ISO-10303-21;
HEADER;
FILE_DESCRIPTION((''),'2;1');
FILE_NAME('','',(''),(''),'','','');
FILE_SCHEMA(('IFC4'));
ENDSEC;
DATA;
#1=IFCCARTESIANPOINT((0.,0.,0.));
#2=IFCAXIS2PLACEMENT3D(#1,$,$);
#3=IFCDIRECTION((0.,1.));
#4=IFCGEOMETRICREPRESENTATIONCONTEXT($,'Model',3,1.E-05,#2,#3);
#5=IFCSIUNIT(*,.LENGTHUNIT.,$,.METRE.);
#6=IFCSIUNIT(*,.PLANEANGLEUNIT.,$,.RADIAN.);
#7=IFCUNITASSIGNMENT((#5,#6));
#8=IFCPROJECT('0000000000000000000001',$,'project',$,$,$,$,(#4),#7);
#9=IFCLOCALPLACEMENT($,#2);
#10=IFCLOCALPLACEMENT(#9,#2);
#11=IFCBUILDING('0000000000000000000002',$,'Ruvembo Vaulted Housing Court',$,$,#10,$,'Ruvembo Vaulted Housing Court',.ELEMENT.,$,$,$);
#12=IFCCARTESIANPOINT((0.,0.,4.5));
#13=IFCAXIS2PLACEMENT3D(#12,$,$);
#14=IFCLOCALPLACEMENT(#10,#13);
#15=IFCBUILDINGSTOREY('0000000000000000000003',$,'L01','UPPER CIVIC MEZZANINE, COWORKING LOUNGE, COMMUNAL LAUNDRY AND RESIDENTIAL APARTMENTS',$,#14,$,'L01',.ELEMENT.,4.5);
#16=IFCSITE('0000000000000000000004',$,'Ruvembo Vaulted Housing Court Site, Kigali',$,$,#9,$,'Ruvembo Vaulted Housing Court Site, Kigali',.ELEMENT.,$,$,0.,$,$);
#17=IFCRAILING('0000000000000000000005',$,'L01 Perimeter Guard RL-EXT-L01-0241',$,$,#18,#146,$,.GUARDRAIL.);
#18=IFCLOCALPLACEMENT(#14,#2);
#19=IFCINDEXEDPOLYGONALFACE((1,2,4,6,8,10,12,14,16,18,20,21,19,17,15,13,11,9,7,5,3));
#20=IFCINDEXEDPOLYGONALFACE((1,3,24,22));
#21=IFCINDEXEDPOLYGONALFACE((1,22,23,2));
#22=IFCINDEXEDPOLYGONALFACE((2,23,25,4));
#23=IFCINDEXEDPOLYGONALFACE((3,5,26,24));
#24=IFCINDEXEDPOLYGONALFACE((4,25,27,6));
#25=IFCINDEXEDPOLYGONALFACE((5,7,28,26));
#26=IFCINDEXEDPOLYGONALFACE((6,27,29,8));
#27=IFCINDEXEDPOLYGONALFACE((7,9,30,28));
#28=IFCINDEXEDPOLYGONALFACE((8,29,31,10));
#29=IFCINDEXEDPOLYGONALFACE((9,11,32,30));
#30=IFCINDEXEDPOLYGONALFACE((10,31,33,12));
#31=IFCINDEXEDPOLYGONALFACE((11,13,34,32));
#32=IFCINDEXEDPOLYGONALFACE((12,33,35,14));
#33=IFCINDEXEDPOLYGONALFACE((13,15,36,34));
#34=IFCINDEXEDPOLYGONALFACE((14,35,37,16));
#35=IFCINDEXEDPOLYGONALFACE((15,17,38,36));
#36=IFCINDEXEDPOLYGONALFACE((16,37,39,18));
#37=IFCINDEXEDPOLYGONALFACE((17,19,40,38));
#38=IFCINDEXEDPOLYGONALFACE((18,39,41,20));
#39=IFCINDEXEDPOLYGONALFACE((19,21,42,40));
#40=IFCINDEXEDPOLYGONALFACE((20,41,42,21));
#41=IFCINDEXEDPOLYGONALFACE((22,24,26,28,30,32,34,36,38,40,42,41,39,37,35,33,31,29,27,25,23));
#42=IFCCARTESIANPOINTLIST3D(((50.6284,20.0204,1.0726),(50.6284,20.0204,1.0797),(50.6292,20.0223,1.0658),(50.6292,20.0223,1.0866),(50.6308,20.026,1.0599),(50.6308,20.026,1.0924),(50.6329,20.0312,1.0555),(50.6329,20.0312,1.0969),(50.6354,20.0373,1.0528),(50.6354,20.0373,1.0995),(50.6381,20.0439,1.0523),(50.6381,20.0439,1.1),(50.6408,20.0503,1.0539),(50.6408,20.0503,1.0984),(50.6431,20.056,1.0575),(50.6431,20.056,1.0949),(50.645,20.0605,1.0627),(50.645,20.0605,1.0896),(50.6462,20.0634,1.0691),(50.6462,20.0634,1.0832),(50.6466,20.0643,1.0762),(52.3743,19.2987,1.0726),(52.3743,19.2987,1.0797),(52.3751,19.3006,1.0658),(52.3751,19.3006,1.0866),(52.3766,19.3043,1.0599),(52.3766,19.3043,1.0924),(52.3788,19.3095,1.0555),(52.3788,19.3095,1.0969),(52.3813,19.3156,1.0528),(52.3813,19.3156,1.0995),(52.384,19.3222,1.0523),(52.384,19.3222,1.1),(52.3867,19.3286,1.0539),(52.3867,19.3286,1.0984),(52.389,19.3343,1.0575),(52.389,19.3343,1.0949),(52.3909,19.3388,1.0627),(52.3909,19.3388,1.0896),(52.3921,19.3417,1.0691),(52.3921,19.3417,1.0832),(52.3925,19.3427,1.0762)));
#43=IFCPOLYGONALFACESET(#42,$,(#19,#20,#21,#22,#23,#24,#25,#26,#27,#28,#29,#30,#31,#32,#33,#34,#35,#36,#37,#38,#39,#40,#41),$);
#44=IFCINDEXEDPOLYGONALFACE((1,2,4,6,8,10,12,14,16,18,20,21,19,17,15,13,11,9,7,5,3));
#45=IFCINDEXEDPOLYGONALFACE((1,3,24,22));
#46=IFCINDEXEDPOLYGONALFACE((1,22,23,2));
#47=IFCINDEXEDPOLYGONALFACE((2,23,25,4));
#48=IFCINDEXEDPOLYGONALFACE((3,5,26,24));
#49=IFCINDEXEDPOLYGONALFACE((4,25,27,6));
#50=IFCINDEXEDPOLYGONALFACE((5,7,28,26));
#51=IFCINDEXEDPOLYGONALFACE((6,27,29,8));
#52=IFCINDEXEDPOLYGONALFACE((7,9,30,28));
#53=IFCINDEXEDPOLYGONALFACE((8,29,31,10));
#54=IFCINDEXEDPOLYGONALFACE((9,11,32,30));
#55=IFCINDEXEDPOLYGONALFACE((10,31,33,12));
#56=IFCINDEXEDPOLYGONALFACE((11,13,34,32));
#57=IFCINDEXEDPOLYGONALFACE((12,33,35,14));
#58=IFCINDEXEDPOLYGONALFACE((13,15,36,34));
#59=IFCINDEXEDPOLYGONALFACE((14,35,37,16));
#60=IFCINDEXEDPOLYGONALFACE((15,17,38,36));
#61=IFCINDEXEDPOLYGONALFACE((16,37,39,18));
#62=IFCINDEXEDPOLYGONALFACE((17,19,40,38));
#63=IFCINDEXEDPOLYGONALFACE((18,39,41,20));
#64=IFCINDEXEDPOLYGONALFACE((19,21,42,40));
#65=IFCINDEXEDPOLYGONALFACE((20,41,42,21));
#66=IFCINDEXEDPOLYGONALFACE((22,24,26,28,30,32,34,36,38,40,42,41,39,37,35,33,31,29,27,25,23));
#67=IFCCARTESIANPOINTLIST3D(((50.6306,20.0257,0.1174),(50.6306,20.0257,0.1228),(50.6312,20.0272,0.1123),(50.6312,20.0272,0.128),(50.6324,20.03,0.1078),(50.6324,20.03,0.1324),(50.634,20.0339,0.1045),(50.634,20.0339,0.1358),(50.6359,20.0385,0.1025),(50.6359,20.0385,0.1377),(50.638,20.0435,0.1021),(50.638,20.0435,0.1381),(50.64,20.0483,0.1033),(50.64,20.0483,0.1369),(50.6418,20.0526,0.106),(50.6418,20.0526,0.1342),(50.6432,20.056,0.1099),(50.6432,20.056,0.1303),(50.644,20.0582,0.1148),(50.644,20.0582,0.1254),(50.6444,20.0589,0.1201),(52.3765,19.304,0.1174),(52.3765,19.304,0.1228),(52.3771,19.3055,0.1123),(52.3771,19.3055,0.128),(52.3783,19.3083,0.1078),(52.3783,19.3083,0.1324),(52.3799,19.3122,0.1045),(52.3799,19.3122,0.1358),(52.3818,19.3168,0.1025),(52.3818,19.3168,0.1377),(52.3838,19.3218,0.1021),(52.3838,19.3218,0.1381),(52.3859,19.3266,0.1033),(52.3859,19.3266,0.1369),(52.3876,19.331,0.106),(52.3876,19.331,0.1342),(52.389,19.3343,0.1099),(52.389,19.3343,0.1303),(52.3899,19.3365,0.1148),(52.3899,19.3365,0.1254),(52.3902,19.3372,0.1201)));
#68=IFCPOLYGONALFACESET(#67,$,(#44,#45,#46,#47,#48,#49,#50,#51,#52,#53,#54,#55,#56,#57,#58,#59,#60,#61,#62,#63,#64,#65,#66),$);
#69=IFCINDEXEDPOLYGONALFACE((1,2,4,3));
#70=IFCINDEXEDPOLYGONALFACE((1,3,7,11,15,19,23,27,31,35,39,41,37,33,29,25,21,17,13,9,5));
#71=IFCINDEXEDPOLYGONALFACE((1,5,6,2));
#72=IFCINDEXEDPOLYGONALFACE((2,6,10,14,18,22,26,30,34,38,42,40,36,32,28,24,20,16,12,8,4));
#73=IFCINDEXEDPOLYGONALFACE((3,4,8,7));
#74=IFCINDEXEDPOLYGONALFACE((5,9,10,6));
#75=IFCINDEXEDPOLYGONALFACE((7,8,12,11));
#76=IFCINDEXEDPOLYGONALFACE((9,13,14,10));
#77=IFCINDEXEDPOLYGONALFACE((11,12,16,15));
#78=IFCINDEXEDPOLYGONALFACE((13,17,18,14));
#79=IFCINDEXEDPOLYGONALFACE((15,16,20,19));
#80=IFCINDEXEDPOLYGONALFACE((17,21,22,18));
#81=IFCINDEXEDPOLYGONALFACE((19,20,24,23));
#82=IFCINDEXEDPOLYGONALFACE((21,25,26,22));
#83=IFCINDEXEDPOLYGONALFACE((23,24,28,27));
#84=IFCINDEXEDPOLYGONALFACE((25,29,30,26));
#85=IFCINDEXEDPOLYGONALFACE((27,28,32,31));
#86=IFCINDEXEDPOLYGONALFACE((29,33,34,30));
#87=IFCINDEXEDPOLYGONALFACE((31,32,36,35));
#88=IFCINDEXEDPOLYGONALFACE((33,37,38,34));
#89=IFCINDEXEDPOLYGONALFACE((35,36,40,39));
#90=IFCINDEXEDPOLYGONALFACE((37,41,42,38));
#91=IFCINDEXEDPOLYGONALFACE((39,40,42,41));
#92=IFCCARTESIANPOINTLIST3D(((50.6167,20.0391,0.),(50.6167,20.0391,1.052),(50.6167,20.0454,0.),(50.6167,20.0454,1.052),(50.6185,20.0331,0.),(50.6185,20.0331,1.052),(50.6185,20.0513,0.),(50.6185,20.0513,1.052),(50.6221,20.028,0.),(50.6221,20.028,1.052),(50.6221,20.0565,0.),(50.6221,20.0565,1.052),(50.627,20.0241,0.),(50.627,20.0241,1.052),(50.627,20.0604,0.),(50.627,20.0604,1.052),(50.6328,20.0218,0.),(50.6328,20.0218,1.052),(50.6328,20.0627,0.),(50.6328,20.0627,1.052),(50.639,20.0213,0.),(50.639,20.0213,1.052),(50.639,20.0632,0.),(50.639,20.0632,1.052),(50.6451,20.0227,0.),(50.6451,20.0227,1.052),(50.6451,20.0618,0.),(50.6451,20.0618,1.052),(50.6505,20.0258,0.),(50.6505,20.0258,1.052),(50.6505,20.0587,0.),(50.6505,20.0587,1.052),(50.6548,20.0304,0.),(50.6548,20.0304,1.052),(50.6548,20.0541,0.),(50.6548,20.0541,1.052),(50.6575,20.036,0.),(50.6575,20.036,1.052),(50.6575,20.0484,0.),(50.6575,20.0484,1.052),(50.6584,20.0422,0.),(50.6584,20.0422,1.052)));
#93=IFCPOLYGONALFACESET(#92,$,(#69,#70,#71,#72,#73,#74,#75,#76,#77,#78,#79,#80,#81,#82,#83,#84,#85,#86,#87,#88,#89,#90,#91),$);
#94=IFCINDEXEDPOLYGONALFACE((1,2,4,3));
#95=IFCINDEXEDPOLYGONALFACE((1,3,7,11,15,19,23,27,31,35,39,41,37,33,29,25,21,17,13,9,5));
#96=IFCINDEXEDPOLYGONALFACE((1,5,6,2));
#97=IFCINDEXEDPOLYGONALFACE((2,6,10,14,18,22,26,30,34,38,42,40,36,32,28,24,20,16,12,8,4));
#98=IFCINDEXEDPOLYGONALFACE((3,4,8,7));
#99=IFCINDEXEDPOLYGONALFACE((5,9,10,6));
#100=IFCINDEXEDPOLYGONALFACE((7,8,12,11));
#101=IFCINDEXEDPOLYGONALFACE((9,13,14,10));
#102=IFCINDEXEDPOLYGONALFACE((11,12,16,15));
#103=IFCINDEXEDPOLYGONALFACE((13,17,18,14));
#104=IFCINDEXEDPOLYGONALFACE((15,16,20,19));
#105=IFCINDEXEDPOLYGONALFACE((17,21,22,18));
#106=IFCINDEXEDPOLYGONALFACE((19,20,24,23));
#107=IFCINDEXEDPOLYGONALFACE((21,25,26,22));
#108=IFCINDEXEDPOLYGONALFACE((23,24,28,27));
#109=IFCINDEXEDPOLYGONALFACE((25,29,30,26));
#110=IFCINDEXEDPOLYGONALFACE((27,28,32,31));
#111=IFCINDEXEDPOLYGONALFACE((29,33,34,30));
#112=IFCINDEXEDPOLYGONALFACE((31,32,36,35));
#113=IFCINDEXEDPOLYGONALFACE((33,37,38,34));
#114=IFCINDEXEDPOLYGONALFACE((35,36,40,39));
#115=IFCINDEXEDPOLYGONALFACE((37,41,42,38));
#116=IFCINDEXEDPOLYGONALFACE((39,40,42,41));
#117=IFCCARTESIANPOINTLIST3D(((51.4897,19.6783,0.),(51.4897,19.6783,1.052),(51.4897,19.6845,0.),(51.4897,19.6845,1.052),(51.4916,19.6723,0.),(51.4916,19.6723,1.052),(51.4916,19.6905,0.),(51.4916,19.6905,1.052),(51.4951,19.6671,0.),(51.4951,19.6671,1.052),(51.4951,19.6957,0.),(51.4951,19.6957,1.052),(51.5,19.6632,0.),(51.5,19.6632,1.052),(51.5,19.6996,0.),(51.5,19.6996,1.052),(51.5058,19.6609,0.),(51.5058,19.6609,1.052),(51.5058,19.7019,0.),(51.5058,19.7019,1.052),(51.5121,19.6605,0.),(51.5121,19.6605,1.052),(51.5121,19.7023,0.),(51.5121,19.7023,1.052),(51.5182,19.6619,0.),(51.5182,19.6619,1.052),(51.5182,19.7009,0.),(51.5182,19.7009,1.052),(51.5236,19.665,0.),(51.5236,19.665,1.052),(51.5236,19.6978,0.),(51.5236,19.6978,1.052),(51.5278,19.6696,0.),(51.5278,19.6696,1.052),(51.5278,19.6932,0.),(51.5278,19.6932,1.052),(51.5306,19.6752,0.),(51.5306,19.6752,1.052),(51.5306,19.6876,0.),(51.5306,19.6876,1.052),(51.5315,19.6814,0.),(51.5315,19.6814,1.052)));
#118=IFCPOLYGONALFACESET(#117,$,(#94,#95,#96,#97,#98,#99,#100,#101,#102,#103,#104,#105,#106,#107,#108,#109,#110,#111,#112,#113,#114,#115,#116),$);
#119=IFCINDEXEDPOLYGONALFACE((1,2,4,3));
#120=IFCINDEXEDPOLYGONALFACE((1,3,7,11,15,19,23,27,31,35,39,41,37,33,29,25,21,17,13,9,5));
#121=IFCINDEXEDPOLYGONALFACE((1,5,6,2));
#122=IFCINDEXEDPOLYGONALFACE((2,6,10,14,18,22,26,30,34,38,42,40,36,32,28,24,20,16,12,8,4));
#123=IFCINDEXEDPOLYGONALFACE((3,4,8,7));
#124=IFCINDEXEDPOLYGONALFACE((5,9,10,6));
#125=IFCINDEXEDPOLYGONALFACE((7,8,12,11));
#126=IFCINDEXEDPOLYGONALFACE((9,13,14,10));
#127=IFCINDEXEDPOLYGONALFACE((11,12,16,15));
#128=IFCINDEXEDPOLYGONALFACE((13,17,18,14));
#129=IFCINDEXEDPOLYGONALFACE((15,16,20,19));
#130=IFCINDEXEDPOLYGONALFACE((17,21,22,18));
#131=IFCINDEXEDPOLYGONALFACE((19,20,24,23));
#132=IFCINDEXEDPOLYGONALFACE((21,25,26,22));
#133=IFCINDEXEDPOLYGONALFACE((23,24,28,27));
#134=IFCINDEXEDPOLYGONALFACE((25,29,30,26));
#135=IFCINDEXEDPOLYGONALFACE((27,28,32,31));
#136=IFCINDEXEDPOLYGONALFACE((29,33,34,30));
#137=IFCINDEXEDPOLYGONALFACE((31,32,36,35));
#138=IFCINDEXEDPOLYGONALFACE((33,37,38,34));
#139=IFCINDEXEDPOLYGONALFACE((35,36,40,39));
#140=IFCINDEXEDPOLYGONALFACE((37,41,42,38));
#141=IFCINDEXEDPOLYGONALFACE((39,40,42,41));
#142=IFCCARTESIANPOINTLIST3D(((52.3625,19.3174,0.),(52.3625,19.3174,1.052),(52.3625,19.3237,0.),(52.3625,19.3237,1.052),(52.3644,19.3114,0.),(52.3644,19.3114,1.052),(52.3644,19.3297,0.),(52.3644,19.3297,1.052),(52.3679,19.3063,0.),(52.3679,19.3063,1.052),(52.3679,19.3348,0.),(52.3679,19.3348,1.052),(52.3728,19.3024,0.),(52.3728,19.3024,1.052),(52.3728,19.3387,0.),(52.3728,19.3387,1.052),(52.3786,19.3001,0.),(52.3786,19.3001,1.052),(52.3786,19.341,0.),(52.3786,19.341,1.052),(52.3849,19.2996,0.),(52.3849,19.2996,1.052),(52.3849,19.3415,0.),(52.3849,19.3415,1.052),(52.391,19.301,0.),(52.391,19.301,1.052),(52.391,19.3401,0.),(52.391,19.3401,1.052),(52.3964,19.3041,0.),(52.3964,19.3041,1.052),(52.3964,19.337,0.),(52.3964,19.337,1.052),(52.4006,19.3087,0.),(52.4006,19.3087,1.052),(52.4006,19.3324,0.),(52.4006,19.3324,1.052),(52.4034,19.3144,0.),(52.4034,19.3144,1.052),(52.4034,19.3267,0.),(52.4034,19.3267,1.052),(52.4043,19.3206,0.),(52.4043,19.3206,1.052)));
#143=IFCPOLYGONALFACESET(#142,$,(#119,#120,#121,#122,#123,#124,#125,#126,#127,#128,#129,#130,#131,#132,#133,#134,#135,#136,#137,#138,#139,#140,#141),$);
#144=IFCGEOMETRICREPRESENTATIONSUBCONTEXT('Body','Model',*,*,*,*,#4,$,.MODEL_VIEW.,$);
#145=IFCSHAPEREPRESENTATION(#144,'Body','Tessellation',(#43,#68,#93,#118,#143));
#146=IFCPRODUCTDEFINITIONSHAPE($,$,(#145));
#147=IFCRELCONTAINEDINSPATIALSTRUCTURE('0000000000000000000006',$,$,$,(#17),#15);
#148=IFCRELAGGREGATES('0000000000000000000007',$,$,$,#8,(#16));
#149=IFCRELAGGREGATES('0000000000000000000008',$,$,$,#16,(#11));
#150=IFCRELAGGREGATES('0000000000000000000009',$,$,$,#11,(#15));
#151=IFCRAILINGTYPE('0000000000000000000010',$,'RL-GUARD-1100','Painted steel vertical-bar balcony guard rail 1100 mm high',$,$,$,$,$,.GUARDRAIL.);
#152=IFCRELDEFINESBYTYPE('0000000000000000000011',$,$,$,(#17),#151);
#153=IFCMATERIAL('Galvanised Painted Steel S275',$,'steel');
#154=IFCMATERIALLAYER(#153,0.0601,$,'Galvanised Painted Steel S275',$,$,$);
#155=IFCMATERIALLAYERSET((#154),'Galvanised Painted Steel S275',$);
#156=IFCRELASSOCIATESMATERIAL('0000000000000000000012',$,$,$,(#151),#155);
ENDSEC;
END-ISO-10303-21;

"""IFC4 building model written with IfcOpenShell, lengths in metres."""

from ifc_helpers import new_model, si_unit, direction, frame, origin, origin_2d, place, context, subcontext, project, spatial, circle, extrude, material, layer, layer_set, type_object, element, save


model = new_model("IFC4")

# Units and contexts
model_context = context("Model", 3, precision=1e-05, world=origin(), true_north=direction((0.0, 1.0)))
body_context = subcontext(model_context, "Body", "Model", "MODEL_VIEW")
ifc_project = project(units=[si_unit("LENGTHUNIT", "METRE"), si_unit("PLANEANGLEUNIT", "RADIAN")], contexts=[model_context])

# Site, building, storey
site_placement = place(None, origin())
site = spatial("IfcSite", under=ifc_project, at=site_placement, Name="Ruvembo Vaulted Housing Court Site, Kigali", LongName="Ruvembo Vaulted Housing Court Site, Kigali", CompositionType="ELEMENT", RefElevation=0.0)
building_placement = place(site_placement, origin())
building = spatial("IfcBuilding", under=site, at=building_placement, Name="Ruvembo Vaulted Housing Court", LongName="Ruvembo Vaulted Housing Court", CompositionType="ELEMENT")
storey_placement = place(building_placement, frame((0.0, 0.0, 4.5)))
storey = spatial("IfcBuildingStorey", under=building, at=storey_placement, Name="L01", Description="UPPER CIVIC MEZZANINE, COWORKING LOUNGE, COMMUNAL LAUNDRY AND RESIDENTIAL APARTMENTS", LongName="L01", CompositionType="ELEMENT", Elevation=4.5)

# Railing
ifc_material_1 = material(Name="Galvanised Painted Steel S275", Category="steel")
ifc_layer_1 = layer(ifc_material_1, 0.0601, Name="Galvanised Painted Steel S275")
ifc_layer_set_1 = layer_set([ifc_layer_1], Name="Galvanised Painted Steel S275")
railing_type = type_object("IfcRailingType", Name="RL-GUARD-1100", Description="Painted steel vertical-bar balcony guard rail 1100 mm high", PredefinedType="GUARDRAIL", material=ifc_layer_set_1)
railing_1_placement = place(storey_placement, frame((50.6375, 20.0422, 0.0)))
element("IfcRailing", 1, at=railing_1_placement, inside=storey, type_object=railing_type, Name="L01 Perimeter Guard RL-EXT-L01-0241", PredefinedType="GUARDRAIL", context=body_context, shape_type="SweptSolid", body=[
    extrude(circle(Radius=0.0239, at=origin_2d()), frame((0.0, 0.0, 1.0762), z_axis=(0.924155, -0.382017, 0.0), x_axis=(0.382017, 0.924155, 0.0)), (0.0, 0.0, 1.0), 1.8892),
    extrude(circle(Radius=0.0181, at=origin_2d()), frame((0.0, 0.0, 0.1201), z_axis=(0.924155, -0.382017, 0.0), x_axis=(0.382017, 0.924155, 0.0)), (0.0, 0.0, 1.0), 1.8892),
    extrude(circle(Radius=0.021, at=origin_2d()), origin(), (0.0, 0.0, 1.0), 1.052),
    extrude(circle(Radius=0.021, at=origin_2d()), frame((0.873, -0.3608, 0.0)), (0.0, 0.0, 1.0), 1.052),
    extrude(circle(Radius=0.021, at=origin_2d()), frame((1.7458, -0.7217, 0.0)), (0.0, 0.0, 1.0), 1.052),
])

save(model, "model.ifc")
